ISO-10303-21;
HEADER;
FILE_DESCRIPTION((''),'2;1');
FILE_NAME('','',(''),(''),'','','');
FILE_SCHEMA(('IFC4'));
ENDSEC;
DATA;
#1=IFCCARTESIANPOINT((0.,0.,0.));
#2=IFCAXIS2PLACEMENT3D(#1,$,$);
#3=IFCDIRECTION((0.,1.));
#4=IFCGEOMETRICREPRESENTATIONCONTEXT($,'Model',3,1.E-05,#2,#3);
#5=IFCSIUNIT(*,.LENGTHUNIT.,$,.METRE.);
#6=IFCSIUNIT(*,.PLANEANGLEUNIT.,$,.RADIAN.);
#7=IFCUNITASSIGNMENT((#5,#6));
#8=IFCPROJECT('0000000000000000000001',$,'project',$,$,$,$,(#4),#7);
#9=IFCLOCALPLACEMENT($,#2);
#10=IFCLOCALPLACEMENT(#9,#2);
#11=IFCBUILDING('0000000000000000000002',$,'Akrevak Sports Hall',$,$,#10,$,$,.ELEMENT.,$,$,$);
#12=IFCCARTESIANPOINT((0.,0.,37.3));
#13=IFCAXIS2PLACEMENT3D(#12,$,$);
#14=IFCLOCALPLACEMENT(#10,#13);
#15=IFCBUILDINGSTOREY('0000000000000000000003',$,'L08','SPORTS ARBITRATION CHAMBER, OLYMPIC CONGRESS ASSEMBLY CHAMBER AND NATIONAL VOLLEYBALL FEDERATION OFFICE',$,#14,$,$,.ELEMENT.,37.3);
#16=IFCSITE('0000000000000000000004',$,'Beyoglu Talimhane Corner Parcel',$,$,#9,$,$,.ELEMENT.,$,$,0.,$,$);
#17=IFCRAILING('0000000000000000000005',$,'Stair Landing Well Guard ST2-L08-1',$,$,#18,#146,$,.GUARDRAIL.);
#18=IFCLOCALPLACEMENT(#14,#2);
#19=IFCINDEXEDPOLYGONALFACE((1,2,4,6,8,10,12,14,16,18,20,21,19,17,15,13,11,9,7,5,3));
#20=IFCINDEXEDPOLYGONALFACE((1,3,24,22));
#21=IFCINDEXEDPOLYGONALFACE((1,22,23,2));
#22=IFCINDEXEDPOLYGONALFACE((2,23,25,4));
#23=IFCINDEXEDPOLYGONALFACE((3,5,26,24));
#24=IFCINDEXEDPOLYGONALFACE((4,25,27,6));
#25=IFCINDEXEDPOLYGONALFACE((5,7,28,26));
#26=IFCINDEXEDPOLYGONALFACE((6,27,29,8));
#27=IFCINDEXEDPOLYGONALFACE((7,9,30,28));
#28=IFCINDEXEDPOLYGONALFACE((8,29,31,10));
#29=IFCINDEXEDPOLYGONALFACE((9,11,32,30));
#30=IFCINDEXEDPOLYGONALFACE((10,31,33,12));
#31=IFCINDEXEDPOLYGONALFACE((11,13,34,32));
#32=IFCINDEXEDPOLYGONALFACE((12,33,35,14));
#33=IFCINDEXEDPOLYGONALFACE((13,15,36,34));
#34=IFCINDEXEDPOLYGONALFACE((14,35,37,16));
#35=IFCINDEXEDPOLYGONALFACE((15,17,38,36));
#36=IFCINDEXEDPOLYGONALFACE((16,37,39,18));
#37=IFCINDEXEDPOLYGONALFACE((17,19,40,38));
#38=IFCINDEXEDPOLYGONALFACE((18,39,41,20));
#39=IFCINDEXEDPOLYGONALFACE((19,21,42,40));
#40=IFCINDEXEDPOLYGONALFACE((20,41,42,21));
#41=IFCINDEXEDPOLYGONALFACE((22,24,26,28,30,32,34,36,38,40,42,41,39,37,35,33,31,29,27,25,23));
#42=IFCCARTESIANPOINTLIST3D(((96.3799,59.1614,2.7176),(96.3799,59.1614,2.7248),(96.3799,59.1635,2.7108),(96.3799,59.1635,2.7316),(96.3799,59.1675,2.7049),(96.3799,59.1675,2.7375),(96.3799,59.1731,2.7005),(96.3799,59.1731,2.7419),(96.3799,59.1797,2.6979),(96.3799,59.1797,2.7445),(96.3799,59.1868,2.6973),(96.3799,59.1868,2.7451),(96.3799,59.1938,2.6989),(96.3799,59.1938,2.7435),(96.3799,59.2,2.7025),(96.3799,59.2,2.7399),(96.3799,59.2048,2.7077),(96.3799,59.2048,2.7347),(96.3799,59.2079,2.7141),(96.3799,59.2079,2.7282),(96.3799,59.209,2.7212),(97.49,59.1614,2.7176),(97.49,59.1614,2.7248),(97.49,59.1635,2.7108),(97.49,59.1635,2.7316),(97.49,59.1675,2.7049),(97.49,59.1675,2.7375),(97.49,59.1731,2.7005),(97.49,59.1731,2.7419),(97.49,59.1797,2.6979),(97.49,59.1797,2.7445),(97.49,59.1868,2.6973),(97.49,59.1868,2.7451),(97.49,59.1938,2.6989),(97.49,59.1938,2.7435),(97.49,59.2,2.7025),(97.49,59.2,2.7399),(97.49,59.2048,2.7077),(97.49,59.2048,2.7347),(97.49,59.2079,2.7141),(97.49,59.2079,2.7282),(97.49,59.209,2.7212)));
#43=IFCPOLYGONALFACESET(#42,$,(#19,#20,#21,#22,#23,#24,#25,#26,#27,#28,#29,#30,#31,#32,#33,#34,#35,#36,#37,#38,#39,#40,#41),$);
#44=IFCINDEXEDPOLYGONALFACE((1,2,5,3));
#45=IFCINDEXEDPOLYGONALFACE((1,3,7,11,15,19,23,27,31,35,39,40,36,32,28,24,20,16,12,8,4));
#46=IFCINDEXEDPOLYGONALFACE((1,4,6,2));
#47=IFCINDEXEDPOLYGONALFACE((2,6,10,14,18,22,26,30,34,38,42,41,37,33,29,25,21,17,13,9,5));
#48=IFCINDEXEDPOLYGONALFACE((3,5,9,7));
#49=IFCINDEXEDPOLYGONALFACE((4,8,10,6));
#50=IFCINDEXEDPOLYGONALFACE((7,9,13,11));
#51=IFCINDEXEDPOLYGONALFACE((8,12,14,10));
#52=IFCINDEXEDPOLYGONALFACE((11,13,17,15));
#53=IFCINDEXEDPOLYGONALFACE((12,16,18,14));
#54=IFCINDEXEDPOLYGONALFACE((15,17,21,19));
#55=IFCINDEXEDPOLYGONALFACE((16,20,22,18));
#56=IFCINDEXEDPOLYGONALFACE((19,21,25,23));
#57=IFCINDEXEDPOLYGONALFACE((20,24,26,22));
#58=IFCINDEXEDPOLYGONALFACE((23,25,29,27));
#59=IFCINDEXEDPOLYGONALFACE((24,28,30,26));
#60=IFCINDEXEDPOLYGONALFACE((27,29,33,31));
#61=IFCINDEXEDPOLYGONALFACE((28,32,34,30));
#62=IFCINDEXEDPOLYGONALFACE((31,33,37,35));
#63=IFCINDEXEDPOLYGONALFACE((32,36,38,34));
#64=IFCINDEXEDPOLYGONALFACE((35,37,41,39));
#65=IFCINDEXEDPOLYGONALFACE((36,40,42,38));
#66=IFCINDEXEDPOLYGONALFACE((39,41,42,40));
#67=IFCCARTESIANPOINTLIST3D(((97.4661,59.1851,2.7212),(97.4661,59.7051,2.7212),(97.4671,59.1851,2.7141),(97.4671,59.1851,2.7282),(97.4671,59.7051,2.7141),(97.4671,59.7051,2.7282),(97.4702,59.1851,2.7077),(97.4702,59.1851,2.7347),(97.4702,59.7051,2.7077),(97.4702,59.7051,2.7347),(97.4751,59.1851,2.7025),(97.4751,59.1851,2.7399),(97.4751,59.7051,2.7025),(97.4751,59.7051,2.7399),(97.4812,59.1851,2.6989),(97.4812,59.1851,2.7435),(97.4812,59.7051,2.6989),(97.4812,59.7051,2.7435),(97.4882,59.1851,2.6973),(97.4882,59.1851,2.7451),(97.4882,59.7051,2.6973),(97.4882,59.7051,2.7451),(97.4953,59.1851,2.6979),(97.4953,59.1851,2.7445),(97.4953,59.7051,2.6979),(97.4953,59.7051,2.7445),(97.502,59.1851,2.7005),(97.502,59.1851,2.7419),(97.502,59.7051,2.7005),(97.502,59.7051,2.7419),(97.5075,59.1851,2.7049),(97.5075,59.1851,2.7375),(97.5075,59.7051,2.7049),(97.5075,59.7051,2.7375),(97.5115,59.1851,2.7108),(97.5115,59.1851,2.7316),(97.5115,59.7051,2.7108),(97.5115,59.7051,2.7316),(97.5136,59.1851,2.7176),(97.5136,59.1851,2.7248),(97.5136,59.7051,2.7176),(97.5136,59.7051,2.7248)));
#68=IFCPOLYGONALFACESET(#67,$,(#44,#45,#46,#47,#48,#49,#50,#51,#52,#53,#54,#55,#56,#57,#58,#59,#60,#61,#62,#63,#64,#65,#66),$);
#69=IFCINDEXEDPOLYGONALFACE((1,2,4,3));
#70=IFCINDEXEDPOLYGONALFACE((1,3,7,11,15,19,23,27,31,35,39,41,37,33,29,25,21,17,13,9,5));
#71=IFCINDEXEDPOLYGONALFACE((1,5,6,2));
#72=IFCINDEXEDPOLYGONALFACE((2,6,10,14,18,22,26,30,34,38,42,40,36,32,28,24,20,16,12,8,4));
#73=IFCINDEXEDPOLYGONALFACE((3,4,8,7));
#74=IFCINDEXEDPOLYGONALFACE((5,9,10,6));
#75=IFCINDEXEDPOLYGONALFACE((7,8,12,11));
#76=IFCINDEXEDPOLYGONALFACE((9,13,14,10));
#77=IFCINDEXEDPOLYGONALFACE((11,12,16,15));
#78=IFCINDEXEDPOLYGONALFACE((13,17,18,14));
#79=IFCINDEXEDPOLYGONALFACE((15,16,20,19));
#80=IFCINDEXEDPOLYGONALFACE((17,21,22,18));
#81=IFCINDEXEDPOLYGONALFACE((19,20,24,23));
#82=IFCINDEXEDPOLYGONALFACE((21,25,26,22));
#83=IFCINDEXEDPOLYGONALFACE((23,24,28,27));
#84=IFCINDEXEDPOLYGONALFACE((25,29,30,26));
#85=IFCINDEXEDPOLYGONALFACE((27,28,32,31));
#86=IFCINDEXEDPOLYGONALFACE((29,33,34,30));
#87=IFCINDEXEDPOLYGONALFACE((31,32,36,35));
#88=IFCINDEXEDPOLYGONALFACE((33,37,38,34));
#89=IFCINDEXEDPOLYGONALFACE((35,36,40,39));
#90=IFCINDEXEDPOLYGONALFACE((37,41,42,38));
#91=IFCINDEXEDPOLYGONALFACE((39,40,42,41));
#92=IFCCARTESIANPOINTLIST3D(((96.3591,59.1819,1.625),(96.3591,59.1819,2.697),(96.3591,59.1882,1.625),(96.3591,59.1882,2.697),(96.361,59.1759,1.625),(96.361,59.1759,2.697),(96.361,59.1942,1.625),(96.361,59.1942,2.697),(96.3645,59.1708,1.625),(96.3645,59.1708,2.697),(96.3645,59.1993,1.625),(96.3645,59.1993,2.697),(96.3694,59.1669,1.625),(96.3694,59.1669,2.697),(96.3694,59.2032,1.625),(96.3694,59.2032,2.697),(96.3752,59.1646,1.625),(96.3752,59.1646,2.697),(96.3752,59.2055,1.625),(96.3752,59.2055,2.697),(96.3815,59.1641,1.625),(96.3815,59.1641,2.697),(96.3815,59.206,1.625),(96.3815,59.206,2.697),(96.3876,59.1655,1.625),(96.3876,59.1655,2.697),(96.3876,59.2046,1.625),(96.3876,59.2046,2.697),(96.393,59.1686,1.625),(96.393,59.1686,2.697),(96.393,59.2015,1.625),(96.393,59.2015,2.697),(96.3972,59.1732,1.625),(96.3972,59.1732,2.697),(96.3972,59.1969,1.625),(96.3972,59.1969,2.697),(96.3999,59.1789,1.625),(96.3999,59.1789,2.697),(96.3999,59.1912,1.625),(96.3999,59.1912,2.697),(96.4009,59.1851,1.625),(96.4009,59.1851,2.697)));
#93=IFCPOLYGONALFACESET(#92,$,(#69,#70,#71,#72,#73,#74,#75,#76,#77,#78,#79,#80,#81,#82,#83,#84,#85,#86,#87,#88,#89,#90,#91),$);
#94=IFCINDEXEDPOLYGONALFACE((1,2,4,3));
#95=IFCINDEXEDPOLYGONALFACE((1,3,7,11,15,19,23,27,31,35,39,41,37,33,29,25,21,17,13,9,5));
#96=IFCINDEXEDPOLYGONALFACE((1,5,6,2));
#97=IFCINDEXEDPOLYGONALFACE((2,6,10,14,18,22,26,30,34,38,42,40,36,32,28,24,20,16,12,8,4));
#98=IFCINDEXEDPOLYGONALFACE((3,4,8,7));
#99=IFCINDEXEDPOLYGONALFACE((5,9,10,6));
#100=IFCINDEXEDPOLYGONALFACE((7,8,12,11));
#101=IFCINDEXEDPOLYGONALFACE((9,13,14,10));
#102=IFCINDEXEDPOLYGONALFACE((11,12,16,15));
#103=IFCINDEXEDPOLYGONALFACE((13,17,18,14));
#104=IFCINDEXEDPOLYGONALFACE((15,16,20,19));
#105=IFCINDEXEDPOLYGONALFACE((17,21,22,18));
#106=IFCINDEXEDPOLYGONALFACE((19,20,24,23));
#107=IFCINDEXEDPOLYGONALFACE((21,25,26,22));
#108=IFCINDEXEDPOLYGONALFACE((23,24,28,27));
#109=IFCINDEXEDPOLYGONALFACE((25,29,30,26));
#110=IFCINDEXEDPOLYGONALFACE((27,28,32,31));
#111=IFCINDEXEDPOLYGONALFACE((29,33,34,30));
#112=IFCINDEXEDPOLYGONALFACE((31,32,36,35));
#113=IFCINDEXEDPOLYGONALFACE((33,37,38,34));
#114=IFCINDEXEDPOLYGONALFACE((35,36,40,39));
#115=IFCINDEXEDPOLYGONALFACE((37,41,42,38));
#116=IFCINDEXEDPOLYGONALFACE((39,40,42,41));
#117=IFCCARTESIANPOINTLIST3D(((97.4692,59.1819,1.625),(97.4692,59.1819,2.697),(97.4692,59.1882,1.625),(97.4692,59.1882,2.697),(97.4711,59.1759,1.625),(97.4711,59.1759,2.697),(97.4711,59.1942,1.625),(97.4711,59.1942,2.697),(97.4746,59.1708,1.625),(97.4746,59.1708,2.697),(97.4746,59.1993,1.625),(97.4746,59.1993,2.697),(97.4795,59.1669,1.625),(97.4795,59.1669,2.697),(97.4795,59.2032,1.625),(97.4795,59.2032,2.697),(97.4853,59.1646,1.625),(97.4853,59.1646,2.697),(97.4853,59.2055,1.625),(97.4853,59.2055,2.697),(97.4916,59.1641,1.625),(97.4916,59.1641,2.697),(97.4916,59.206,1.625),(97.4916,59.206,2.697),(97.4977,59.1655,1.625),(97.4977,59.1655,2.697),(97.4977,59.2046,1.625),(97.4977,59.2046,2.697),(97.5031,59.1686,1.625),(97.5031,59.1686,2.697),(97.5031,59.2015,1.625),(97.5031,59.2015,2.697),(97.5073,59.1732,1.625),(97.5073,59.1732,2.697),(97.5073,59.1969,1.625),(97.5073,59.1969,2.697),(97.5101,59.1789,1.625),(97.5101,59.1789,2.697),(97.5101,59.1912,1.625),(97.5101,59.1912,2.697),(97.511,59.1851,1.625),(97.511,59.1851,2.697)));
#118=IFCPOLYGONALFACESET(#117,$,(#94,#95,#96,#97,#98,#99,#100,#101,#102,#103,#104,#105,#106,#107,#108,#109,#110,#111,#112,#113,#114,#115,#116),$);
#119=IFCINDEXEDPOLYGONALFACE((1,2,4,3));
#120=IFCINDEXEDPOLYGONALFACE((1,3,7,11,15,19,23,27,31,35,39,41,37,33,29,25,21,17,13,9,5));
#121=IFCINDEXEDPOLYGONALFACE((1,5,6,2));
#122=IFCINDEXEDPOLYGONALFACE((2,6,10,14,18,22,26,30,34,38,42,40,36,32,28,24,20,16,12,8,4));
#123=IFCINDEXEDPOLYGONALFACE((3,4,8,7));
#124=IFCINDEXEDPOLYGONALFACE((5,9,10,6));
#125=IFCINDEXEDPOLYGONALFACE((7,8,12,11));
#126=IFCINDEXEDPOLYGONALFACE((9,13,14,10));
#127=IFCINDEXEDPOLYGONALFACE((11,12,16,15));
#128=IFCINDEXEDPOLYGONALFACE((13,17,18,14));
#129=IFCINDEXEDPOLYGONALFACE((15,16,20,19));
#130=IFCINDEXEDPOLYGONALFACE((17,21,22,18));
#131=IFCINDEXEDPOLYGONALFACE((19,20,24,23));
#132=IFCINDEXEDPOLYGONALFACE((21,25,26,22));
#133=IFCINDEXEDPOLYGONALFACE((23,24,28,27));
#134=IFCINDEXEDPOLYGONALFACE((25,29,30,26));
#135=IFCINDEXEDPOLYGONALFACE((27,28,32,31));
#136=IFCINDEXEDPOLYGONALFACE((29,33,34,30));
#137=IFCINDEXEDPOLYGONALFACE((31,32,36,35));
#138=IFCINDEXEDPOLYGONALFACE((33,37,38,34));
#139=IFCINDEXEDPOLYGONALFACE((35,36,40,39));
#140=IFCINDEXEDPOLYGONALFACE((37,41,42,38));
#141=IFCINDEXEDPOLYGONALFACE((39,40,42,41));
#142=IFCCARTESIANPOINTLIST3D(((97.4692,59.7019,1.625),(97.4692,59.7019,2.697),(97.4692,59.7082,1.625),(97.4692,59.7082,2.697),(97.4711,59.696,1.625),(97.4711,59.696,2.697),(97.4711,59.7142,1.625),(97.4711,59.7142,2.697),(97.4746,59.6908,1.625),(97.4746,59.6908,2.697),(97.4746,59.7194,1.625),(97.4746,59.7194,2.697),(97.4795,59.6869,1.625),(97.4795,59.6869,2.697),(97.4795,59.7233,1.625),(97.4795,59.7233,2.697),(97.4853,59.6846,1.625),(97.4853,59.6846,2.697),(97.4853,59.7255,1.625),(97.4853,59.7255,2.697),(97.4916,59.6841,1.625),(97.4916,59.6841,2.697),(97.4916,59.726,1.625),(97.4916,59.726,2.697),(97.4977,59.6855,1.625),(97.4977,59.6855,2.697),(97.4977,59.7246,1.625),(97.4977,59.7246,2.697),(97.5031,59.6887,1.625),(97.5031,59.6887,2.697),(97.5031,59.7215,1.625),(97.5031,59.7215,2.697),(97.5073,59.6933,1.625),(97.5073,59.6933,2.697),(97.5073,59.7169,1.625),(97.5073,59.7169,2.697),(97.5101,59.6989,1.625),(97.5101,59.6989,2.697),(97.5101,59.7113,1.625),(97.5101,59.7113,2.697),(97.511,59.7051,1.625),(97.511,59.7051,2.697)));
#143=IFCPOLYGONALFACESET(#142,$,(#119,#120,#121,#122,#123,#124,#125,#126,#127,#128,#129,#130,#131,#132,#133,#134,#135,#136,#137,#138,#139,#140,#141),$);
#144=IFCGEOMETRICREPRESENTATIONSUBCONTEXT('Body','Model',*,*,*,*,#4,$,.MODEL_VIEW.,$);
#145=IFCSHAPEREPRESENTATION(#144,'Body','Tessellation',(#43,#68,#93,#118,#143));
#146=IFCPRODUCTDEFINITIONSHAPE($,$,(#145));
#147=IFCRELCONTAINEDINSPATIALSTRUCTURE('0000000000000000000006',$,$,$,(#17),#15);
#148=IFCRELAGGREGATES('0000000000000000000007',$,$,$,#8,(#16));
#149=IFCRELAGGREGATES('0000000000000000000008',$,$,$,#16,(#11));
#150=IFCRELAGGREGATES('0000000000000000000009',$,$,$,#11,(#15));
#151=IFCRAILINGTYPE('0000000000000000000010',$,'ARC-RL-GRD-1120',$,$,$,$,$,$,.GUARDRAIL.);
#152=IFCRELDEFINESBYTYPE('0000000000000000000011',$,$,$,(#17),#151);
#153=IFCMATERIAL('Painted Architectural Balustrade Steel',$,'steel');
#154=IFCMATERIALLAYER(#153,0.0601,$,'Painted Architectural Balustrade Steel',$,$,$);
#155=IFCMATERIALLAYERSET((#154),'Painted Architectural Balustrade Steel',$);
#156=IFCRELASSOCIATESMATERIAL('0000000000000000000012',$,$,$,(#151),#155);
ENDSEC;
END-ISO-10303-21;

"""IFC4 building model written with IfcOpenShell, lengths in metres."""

from ifc_helpers import new_model, si_unit, direction, frame, origin, origin_2d, place, context, subcontext, project, spatial, circle, extrude, material, layer, layer_set, type_object, element, save


model = new_model("IFC4")

# Units and contexts
model_context = context("Model", 3, precision=1e-05, world=origin(), true_north=direction((0.0, 1.0)))
body_context = subcontext(model_context, "Body", "Model", "MODEL_VIEW")
ifc_project = project(units=[si_unit("LENGTHUNIT", "METRE"), si_unit("PLANEANGLEUNIT", "RADIAN")], contexts=[model_context])

# Site, building, storey
site_placement = place(None, origin())
site = spatial("IfcSite", under=ifc_project, at=site_placement, Name="Beyoglu Talimhane Corner Parcel", CompositionType="ELEMENT", RefElevation=0.0)
building_placement = place(site_placement, origin())
building = spatial("IfcBuilding", under=site, at=building_placement, Name="Akrevak Sports Hall", CompositionType="ELEMENT")
storey_placement = place(building_placement, frame((0.0, 0.0, 37.3)))
storey = spatial("IfcBuildingStorey", under=building, at=storey_placement, Name="L08", Description="SPORTS ARBITRATION CHAMBER, OLYMPIC CONGRESS ASSEMBLY CHAMBER AND NATIONAL VOLLEYBALL FEDERATION OFFICE", CompositionType="ELEMENT", Elevation=37.3)

# Railing
ifc_material_1 = material(Name="Painted Architectural Balustrade Steel", Category="steel")
ifc_layer_1 = layer(ifc_material_1, 0.0601, Name="Painted Architectural Balustrade Steel")
ifc_layer_set_1 = layer_set([ifc_layer_1], Name="Painted Architectural Balustrade Steel")
railing_type_1 = type_object("IfcRailingType", Name="ARC-RL-GRD-1120", PredefinedType="GUARDRAIL", material=ifc_layer_set_1)
railing_1_placement = place(storey_placement, frame((96.3799, 59.1851, 1.625)))
element("IfcRailing", 1, at=railing_1_placement, inside=storey, type_object=railing_type_1, Name="Stair Landing Well Guard ST2-L08-1", PredefinedType="GUARDRAIL", context=body_context, shape_type="SweptSolid", body=[
    extrude(circle(Radius=0.0239, at=origin_2d()), frame((0.0, 0.0, 1.0962), z_axis=(1.0, 0.0, 0.0), x_axis=(0.0, 1.0, 0.0)), (0.0, 0.0, 1.0), 1.1101),
    extrude(circle(Radius=0.0239, at=origin_2d()), frame((1.1101, 0.0, 1.0962), z_axis=(0.0, 1.0, 0.0), x_axis=(-1.0, 0.0, 0.0)), (0.0, 0.0, 1.0), 0.52),
    extrude(circle(Radius=0.021, at=origin_2d()), origin(), (0.0, 0.0, 1.0), 1.072),
    extrude(circle(Radius=0.021, at=origin_2d()), frame((1.1101, 0.0, 0.0)), (0.0, 0.0, 1.0), 1.072),
    extrude(circle(Radius=0.021, at=origin_2d()), frame((1.1101, 0.52, 0.0)), (0.0, 0.0, 1.0), 1.072),
])

save(model, "model.ifc")
